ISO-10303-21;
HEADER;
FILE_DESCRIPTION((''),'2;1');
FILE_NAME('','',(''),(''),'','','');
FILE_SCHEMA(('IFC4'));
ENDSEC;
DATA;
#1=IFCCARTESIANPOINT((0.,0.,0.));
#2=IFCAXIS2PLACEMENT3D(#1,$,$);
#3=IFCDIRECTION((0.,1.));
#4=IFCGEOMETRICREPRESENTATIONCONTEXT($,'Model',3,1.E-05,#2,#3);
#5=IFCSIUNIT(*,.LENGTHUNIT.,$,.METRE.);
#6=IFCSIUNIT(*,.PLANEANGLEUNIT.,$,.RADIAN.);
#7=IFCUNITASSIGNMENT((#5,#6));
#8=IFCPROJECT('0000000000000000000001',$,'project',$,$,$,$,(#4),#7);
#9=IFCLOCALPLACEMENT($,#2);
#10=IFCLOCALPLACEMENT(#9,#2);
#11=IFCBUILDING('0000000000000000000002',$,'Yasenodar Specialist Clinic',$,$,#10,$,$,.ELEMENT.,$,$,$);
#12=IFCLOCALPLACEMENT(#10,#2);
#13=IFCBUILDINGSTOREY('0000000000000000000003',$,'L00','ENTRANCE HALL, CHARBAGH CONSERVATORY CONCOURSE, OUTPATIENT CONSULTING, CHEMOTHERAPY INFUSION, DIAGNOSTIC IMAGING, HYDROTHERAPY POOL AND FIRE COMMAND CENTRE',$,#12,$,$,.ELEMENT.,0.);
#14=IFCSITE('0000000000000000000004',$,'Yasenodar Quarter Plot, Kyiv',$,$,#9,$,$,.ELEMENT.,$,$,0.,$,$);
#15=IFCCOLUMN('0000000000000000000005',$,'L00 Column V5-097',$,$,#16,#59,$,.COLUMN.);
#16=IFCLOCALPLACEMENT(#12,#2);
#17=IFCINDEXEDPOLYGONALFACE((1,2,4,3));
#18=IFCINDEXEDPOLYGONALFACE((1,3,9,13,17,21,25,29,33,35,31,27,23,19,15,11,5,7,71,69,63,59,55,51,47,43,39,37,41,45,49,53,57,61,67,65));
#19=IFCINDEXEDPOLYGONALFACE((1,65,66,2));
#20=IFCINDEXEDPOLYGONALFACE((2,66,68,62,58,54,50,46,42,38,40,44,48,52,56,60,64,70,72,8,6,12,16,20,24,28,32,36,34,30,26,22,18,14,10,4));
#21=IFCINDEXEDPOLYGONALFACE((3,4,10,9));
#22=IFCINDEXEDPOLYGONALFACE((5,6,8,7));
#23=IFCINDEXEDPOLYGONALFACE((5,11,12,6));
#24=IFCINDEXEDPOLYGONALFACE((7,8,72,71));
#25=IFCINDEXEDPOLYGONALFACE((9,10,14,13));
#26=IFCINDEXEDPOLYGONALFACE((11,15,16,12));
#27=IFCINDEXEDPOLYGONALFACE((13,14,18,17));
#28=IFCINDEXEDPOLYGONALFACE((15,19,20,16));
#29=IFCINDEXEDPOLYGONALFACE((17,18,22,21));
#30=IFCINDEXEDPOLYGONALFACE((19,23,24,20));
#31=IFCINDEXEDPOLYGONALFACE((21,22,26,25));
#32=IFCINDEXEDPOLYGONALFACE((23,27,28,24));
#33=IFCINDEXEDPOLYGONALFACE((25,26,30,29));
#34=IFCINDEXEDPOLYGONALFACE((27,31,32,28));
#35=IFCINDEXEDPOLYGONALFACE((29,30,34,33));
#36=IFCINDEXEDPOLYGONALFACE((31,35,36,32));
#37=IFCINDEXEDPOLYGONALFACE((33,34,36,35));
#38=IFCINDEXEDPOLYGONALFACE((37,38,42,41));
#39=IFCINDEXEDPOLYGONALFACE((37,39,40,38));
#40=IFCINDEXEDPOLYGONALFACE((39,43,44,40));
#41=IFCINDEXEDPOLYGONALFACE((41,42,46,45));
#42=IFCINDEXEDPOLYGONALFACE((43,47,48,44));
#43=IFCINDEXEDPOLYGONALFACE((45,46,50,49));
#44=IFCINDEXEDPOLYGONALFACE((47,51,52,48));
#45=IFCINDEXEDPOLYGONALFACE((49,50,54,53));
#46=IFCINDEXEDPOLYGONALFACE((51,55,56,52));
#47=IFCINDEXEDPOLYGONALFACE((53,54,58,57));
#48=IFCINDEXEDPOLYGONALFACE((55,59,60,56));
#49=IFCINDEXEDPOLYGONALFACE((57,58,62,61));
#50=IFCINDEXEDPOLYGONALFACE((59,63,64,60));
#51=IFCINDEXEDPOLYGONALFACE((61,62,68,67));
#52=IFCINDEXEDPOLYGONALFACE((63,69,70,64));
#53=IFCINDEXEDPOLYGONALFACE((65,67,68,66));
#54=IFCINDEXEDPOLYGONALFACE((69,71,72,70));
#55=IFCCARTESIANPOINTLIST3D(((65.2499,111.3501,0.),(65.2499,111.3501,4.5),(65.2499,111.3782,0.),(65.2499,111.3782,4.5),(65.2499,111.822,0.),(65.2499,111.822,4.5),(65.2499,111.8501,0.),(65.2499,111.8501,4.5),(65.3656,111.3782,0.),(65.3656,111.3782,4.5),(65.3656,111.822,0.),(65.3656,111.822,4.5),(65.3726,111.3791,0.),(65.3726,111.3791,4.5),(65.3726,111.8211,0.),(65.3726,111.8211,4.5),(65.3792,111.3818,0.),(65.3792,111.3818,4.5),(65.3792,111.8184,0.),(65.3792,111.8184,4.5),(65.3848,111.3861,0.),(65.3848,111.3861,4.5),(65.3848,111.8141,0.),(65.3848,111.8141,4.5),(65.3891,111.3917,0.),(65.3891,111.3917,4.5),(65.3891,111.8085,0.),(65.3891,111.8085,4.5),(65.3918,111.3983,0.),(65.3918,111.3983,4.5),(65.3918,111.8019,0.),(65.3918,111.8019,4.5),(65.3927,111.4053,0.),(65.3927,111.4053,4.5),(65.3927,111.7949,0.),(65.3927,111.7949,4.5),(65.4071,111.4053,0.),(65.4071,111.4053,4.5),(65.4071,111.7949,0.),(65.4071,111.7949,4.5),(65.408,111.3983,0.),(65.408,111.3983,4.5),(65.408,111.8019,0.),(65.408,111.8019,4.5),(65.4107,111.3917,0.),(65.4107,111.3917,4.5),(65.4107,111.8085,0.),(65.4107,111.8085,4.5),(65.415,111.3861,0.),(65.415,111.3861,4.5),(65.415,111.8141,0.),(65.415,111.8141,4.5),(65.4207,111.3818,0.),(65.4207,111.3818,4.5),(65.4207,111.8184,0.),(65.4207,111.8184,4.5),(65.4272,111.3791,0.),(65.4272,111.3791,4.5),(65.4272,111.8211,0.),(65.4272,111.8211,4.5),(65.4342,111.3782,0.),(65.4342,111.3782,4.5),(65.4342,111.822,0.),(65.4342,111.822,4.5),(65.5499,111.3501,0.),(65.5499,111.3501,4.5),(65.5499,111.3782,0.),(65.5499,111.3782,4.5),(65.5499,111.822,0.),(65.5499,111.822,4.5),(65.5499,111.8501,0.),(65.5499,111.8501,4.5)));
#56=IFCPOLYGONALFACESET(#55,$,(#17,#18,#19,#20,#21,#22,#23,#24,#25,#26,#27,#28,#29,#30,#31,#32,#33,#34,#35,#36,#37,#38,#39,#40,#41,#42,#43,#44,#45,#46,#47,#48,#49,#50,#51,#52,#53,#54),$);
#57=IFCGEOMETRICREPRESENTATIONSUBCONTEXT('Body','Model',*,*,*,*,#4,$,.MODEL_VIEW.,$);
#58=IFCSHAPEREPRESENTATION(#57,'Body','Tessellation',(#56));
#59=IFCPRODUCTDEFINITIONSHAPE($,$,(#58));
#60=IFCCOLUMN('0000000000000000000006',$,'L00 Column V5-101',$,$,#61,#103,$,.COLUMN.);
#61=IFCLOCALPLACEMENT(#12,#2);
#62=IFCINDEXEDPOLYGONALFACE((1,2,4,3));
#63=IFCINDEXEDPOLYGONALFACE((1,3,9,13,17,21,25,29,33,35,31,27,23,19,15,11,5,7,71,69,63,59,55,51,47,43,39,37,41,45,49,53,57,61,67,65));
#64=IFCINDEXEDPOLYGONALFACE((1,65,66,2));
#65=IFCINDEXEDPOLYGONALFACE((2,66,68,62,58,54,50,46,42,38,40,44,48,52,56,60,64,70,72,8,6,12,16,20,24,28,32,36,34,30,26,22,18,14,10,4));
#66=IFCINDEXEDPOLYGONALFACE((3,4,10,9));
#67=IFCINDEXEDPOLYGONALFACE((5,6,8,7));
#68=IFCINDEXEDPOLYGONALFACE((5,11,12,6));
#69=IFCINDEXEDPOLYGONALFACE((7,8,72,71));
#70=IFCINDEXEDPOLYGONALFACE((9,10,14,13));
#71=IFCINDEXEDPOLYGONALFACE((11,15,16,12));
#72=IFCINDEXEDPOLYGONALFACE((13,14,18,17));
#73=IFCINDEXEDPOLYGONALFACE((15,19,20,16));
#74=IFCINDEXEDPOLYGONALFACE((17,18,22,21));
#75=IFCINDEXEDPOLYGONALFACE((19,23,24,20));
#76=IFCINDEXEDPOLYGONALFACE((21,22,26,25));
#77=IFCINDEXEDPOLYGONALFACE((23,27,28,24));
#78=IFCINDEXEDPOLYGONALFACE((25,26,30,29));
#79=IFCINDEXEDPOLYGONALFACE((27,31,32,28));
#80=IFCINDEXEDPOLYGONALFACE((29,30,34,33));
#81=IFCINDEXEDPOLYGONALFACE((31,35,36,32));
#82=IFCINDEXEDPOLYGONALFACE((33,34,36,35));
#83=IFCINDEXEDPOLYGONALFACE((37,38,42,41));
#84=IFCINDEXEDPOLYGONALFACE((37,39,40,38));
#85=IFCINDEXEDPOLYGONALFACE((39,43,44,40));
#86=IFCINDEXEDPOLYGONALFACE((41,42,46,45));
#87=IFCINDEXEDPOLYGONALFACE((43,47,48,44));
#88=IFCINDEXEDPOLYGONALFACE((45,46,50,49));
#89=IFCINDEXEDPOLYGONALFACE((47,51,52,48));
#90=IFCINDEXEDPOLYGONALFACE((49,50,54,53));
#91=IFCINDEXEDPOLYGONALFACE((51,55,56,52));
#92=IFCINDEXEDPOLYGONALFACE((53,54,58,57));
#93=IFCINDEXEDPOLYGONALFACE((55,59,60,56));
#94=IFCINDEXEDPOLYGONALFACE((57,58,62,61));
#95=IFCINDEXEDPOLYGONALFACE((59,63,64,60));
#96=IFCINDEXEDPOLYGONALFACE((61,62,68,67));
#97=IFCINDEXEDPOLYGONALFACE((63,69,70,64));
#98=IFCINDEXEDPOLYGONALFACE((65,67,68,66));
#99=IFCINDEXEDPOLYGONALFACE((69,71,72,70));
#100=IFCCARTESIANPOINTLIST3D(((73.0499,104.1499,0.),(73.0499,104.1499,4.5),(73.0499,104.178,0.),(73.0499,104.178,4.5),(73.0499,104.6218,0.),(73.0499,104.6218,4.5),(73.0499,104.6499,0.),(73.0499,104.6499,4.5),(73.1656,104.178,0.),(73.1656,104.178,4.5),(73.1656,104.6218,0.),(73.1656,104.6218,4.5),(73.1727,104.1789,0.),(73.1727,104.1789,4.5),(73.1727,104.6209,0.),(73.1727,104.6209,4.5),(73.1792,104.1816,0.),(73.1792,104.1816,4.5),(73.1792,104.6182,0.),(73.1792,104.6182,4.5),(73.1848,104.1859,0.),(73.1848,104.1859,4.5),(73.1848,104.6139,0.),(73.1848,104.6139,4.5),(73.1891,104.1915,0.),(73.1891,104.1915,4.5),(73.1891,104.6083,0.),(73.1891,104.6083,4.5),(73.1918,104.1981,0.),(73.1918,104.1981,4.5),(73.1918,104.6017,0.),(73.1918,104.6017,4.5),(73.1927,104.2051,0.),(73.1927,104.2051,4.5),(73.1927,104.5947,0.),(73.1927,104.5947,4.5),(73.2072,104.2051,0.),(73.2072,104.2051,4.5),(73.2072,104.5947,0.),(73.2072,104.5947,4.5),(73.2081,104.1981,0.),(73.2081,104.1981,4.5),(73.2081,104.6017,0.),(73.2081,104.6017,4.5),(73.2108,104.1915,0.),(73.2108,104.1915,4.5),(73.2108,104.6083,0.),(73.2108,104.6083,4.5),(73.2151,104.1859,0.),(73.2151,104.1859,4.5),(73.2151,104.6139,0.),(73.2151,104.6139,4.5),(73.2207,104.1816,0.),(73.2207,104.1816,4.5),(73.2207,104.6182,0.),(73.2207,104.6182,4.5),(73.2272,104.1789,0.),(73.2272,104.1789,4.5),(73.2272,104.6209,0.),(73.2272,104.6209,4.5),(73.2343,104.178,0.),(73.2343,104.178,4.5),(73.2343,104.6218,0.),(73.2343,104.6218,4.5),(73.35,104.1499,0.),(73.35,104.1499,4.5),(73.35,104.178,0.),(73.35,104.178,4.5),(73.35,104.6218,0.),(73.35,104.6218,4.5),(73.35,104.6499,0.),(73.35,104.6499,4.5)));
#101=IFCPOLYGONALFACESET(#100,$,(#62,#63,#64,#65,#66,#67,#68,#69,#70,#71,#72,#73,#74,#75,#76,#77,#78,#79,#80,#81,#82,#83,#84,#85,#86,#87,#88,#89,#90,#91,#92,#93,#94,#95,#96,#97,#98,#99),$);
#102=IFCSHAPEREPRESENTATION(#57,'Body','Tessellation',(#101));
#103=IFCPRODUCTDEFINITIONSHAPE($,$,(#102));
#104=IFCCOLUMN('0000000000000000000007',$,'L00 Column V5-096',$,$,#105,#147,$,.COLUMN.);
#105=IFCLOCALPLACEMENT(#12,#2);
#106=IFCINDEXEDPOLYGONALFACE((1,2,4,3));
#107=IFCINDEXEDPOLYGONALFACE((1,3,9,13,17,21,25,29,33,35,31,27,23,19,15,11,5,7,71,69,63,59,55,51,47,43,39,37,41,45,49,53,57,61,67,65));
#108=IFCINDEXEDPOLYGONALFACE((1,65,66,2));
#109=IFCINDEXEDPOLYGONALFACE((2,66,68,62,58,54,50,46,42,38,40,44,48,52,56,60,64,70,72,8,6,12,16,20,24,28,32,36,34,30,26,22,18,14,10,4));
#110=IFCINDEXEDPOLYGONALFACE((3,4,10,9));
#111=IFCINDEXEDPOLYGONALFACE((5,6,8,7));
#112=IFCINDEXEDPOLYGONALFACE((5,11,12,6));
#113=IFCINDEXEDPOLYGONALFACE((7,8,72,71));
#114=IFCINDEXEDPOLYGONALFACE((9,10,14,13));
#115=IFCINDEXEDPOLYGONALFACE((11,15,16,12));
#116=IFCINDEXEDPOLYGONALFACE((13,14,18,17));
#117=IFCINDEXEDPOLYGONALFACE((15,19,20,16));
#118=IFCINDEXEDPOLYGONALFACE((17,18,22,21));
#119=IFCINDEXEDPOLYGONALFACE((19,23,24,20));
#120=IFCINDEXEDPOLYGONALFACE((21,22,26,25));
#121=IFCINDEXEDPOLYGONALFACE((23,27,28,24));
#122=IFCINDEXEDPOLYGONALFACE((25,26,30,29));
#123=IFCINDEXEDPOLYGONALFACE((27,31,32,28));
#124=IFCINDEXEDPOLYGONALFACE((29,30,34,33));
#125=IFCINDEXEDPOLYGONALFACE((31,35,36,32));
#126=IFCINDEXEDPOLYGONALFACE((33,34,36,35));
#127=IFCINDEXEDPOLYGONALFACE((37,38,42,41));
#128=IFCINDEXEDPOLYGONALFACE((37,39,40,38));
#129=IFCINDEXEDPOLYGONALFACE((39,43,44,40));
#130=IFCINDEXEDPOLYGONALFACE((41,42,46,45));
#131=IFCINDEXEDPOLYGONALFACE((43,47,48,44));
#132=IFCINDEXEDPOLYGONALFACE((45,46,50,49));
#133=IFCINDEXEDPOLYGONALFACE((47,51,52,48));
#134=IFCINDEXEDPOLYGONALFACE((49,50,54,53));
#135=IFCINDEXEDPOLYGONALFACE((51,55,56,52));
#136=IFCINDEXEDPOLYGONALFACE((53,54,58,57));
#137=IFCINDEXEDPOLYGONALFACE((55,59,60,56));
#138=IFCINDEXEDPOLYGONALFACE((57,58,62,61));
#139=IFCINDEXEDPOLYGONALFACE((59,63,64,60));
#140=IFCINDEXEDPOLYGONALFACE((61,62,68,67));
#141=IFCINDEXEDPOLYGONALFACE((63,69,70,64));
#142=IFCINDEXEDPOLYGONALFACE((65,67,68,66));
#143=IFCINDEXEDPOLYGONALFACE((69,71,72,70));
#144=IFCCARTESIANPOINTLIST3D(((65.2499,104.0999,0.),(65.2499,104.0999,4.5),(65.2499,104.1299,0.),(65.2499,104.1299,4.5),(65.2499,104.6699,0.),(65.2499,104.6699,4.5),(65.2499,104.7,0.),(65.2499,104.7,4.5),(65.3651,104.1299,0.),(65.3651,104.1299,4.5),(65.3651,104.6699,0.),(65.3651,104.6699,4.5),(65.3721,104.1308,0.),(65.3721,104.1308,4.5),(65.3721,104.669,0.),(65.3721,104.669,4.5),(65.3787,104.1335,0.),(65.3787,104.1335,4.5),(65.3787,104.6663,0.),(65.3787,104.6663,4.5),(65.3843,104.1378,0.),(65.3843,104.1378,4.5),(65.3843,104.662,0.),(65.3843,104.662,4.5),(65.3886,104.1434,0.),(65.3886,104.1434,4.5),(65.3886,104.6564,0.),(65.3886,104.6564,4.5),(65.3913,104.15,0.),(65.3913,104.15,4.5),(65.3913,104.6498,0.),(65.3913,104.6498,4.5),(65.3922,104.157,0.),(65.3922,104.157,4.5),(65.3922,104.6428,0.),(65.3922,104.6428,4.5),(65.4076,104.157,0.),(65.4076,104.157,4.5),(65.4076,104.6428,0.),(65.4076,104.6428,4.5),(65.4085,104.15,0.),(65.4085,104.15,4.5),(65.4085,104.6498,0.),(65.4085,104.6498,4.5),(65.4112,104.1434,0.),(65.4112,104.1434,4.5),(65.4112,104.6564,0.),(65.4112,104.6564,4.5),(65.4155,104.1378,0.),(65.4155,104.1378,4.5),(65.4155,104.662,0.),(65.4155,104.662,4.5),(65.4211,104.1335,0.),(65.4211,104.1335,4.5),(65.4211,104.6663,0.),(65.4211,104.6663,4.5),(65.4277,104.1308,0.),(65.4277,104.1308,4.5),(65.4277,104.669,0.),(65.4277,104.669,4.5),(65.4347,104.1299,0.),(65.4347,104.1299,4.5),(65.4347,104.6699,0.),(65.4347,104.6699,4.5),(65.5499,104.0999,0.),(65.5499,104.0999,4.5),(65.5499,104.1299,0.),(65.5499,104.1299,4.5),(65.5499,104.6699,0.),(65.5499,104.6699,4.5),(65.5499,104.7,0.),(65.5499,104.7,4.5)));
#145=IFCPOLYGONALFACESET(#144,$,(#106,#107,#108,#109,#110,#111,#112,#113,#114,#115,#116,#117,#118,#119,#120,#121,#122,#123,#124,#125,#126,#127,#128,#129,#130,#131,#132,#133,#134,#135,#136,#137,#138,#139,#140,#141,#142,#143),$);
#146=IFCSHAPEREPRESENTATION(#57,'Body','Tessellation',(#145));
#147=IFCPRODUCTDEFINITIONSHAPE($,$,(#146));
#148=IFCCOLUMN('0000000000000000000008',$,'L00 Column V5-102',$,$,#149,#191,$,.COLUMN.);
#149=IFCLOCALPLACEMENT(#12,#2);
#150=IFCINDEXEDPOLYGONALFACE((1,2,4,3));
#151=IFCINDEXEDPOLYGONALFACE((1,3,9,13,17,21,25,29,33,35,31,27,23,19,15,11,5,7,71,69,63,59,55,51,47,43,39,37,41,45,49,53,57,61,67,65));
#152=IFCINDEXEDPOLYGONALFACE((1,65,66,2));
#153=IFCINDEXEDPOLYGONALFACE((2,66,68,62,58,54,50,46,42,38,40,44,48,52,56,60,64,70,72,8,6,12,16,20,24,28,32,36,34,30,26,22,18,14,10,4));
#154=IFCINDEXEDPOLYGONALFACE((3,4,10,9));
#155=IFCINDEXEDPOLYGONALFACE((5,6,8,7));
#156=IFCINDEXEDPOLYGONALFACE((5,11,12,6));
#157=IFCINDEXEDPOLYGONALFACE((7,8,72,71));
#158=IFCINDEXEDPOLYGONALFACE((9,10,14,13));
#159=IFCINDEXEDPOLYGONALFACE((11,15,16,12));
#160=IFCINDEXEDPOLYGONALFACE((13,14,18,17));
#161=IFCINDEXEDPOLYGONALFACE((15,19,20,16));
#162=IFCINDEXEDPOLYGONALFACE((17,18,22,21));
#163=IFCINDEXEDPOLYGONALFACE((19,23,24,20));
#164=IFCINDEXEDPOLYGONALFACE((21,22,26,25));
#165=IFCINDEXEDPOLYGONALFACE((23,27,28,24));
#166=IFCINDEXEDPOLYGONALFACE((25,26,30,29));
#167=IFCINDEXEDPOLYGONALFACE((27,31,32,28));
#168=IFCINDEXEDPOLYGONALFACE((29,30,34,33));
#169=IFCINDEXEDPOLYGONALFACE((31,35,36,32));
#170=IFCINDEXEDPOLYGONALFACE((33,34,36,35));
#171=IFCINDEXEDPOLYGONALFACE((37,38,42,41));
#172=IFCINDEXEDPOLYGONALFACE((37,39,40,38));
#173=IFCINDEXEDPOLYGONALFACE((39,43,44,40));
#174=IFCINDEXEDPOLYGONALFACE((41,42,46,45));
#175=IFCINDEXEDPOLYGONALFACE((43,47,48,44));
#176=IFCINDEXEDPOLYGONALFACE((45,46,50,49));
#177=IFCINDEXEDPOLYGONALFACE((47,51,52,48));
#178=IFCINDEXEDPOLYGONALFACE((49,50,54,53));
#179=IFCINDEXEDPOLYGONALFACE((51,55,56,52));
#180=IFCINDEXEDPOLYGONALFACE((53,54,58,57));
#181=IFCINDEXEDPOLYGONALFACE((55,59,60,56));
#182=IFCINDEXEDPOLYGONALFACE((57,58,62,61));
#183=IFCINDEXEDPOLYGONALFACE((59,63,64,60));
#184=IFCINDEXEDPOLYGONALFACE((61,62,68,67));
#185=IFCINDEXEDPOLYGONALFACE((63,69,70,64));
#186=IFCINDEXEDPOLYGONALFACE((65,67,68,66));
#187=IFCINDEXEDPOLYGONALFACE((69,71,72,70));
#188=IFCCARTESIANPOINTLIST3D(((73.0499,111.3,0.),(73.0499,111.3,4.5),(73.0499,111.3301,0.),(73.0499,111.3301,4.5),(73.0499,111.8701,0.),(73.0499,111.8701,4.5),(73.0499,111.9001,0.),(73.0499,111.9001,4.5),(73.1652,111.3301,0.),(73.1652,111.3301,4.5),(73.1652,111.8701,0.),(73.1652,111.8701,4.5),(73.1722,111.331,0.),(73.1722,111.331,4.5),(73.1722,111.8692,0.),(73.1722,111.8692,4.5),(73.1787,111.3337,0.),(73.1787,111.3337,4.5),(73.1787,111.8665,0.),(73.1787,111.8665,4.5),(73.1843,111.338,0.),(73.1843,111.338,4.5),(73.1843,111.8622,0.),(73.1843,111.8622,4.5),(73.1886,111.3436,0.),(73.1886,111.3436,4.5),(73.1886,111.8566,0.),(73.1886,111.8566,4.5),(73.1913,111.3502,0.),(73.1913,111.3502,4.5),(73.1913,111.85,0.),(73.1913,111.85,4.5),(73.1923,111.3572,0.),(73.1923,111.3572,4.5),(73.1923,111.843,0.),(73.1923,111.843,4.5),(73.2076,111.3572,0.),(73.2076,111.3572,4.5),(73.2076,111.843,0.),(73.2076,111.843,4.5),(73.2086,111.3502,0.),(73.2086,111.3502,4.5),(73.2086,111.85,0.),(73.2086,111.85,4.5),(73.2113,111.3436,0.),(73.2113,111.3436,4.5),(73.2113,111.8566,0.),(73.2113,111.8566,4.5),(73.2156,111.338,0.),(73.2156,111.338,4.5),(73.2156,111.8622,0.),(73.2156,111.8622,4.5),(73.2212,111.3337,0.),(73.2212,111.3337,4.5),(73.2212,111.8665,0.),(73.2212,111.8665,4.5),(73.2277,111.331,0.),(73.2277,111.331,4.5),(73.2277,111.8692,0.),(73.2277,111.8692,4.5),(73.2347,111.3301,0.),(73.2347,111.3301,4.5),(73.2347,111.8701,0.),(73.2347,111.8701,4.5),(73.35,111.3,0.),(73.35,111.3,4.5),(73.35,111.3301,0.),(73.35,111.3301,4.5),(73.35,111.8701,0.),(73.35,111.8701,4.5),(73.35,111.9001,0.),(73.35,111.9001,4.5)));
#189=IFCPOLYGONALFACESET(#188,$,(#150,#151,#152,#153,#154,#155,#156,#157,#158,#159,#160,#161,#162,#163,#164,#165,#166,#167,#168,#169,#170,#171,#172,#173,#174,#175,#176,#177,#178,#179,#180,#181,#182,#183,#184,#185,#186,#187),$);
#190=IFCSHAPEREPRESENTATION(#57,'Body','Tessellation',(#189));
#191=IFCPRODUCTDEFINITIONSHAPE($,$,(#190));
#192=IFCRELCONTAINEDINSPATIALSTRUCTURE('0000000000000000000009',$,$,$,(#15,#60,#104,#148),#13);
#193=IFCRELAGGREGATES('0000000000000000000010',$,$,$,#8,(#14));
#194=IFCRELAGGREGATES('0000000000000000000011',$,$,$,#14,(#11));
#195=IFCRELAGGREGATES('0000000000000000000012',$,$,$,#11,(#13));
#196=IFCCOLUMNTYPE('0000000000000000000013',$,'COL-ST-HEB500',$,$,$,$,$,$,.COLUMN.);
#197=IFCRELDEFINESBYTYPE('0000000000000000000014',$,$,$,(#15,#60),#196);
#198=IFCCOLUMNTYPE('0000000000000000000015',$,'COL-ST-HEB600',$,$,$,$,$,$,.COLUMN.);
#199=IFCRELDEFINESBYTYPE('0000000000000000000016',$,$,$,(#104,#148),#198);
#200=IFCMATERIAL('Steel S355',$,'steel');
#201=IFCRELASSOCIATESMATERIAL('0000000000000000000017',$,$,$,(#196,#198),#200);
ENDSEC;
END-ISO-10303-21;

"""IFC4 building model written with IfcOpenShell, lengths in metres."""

from ifc_helpers import new_model, si_unit, direction, frame, origin, origin_2d, place, context, subcontext, project, spatial, i_section, extrude, material, material_profile, profile_set, type_object, element, save


model = new_model("IFC4")

# Units and contexts
model_context = context("Model", 3, precision=1e-05, world=origin(), true_north=direction((0.0, 1.0)))
body_context = subcontext(model_context, "Body", "Model", "MODEL_VIEW")
ifc_project = project(units=[si_unit("LENGTHUNIT", "METRE"), si_unit("PLANEANGLEUNIT", "RADIAN")], contexts=[model_context])

# Site, building, storey
site_placement = place(None, origin())
site = spatial("IfcSite", under=ifc_project, at=site_placement, Name="Yasenodar Quarter Plot, Kyiv", CompositionType="ELEMENT", RefElevation=0.0)
building_placement = place(site_placement, origin())
building = spatial("IfcBuilding", under=site, at=building_placement, Name="Yasenodar Specialist Clinic", CompositionType="ELEMENT")
storey_placement = place(building_placement, origin())
storey = spatial("IfcBuildingStorey", under=building, at=storey_placement, Name="L00", Description="ENTRANCE HALL, CHARBAGH CONSERVATORY CONCOURSE, OUTPATIENT CONSULTING, CHEMOTHERAPY INFUSION, DIAGNOSTIC IMAGING, HYDROTHERAPY POOL AND FIRE COMMAND CENTRE", CompositionType="ELEMENT", Elevation=0.0)

# Columns
ifc_material_1 = material(Name="Steel S355", Category="steel")
ifc_material_profile_1 = material_profile(ifc_material_1, i_section(OverallWidth=0.3, OverallDepth=0.5, WebThickness=0.0144, FlangeThickness=0.0281, FilletRadius=0.0271, at=origin_2d()), Name="HEB 500")
ifc_profile_set_1 = profile_set([ifc_material_profile_1], Name="Steel S355")
column_type_1 = type_object("IfcColumnType", Name="COL-ST-HEB500", PredefinedType="COLUMN", material=ifc_profile_set_1)
for number, where, z_axis, x_axis, name in (
    (1, (65.3999, 111.6001, 0.0), (0.0, 0.0, 1.0), (1.0, 0.0, 0.0), "L00 Column V5-097"),
    (2, (73.2, 104.3999, 0.0), (0.0, 0.0, 1.0), (1.0, 0.0, 0.0), "L00 Column V5-101"),
):
    element("IfcColumn", number, at=place(storey_placement, frame(where, z_axis=z_axis, x_axis=x_axis)), inside=storey, type_object=column_type_1, Name=name, PredefinedType="COLUMN", context=body_context, shape_type="SweptSolid", body=[
        extrude(i_section(OverallWidth=0.3, OverallDepth=0.5, WebThickness=0.0144, FlangeThickness=0.0281, FilletRadius=0.0271, at=origin_2d()), origin(), (0.0, 0.0, 1.0), 4.5),
    ])
ifc_material_profile_2 = material_profile(ifc_material_1, i_section(OverallWidth=0.3, OverallDepth=0.6001, WebThickness=0.0154, FlangeThickness=0.03, FilletRadius=0.0271, at=origin_2d()), Name="HEB 600")
ifc_profile_set_2 = profile_set([ifc_material_profile_2], Name="Steel S355")
column_type_2 = type_object("IfcColumnType", Name="COL-ST-HEB600", PredefinedType="COLUMN", material=ifc_profile_set_2)
for number, where, z_axis, x_axis, name in (
    (3, (65.3999, 104.3999, 0.0), (0.0, 0.0, 1.0), (1.0, 0.0, 0.0), "L00 Column V5-096"),
    (4, (73.2, 111.6001, 0.0), (0.0, 0.0, 1.0), (1.0, 0.0, 0.0), "L00 Column V5-102"),
):
    element("IfcColumn", number, at=place(storey_placement, frame(where, z_axis=z_axis, x_axis=x_axis)), inside=storey, type_object=column_type_2, Name=name, PredefinedType="COLUMN", context=body_context, shape_type="SweptSolid", body=[
        extrude(i_section(OverallWidth=0.3, OverallDepth=0.6001, WebThickness=0.0154, FlangeThickness=0.03, FilletRadius=0.0271, at=origin_2d()), origin(), (0.0, 0.0, 1.0), 4.5),
    ])

save(model, "model.ifc")
